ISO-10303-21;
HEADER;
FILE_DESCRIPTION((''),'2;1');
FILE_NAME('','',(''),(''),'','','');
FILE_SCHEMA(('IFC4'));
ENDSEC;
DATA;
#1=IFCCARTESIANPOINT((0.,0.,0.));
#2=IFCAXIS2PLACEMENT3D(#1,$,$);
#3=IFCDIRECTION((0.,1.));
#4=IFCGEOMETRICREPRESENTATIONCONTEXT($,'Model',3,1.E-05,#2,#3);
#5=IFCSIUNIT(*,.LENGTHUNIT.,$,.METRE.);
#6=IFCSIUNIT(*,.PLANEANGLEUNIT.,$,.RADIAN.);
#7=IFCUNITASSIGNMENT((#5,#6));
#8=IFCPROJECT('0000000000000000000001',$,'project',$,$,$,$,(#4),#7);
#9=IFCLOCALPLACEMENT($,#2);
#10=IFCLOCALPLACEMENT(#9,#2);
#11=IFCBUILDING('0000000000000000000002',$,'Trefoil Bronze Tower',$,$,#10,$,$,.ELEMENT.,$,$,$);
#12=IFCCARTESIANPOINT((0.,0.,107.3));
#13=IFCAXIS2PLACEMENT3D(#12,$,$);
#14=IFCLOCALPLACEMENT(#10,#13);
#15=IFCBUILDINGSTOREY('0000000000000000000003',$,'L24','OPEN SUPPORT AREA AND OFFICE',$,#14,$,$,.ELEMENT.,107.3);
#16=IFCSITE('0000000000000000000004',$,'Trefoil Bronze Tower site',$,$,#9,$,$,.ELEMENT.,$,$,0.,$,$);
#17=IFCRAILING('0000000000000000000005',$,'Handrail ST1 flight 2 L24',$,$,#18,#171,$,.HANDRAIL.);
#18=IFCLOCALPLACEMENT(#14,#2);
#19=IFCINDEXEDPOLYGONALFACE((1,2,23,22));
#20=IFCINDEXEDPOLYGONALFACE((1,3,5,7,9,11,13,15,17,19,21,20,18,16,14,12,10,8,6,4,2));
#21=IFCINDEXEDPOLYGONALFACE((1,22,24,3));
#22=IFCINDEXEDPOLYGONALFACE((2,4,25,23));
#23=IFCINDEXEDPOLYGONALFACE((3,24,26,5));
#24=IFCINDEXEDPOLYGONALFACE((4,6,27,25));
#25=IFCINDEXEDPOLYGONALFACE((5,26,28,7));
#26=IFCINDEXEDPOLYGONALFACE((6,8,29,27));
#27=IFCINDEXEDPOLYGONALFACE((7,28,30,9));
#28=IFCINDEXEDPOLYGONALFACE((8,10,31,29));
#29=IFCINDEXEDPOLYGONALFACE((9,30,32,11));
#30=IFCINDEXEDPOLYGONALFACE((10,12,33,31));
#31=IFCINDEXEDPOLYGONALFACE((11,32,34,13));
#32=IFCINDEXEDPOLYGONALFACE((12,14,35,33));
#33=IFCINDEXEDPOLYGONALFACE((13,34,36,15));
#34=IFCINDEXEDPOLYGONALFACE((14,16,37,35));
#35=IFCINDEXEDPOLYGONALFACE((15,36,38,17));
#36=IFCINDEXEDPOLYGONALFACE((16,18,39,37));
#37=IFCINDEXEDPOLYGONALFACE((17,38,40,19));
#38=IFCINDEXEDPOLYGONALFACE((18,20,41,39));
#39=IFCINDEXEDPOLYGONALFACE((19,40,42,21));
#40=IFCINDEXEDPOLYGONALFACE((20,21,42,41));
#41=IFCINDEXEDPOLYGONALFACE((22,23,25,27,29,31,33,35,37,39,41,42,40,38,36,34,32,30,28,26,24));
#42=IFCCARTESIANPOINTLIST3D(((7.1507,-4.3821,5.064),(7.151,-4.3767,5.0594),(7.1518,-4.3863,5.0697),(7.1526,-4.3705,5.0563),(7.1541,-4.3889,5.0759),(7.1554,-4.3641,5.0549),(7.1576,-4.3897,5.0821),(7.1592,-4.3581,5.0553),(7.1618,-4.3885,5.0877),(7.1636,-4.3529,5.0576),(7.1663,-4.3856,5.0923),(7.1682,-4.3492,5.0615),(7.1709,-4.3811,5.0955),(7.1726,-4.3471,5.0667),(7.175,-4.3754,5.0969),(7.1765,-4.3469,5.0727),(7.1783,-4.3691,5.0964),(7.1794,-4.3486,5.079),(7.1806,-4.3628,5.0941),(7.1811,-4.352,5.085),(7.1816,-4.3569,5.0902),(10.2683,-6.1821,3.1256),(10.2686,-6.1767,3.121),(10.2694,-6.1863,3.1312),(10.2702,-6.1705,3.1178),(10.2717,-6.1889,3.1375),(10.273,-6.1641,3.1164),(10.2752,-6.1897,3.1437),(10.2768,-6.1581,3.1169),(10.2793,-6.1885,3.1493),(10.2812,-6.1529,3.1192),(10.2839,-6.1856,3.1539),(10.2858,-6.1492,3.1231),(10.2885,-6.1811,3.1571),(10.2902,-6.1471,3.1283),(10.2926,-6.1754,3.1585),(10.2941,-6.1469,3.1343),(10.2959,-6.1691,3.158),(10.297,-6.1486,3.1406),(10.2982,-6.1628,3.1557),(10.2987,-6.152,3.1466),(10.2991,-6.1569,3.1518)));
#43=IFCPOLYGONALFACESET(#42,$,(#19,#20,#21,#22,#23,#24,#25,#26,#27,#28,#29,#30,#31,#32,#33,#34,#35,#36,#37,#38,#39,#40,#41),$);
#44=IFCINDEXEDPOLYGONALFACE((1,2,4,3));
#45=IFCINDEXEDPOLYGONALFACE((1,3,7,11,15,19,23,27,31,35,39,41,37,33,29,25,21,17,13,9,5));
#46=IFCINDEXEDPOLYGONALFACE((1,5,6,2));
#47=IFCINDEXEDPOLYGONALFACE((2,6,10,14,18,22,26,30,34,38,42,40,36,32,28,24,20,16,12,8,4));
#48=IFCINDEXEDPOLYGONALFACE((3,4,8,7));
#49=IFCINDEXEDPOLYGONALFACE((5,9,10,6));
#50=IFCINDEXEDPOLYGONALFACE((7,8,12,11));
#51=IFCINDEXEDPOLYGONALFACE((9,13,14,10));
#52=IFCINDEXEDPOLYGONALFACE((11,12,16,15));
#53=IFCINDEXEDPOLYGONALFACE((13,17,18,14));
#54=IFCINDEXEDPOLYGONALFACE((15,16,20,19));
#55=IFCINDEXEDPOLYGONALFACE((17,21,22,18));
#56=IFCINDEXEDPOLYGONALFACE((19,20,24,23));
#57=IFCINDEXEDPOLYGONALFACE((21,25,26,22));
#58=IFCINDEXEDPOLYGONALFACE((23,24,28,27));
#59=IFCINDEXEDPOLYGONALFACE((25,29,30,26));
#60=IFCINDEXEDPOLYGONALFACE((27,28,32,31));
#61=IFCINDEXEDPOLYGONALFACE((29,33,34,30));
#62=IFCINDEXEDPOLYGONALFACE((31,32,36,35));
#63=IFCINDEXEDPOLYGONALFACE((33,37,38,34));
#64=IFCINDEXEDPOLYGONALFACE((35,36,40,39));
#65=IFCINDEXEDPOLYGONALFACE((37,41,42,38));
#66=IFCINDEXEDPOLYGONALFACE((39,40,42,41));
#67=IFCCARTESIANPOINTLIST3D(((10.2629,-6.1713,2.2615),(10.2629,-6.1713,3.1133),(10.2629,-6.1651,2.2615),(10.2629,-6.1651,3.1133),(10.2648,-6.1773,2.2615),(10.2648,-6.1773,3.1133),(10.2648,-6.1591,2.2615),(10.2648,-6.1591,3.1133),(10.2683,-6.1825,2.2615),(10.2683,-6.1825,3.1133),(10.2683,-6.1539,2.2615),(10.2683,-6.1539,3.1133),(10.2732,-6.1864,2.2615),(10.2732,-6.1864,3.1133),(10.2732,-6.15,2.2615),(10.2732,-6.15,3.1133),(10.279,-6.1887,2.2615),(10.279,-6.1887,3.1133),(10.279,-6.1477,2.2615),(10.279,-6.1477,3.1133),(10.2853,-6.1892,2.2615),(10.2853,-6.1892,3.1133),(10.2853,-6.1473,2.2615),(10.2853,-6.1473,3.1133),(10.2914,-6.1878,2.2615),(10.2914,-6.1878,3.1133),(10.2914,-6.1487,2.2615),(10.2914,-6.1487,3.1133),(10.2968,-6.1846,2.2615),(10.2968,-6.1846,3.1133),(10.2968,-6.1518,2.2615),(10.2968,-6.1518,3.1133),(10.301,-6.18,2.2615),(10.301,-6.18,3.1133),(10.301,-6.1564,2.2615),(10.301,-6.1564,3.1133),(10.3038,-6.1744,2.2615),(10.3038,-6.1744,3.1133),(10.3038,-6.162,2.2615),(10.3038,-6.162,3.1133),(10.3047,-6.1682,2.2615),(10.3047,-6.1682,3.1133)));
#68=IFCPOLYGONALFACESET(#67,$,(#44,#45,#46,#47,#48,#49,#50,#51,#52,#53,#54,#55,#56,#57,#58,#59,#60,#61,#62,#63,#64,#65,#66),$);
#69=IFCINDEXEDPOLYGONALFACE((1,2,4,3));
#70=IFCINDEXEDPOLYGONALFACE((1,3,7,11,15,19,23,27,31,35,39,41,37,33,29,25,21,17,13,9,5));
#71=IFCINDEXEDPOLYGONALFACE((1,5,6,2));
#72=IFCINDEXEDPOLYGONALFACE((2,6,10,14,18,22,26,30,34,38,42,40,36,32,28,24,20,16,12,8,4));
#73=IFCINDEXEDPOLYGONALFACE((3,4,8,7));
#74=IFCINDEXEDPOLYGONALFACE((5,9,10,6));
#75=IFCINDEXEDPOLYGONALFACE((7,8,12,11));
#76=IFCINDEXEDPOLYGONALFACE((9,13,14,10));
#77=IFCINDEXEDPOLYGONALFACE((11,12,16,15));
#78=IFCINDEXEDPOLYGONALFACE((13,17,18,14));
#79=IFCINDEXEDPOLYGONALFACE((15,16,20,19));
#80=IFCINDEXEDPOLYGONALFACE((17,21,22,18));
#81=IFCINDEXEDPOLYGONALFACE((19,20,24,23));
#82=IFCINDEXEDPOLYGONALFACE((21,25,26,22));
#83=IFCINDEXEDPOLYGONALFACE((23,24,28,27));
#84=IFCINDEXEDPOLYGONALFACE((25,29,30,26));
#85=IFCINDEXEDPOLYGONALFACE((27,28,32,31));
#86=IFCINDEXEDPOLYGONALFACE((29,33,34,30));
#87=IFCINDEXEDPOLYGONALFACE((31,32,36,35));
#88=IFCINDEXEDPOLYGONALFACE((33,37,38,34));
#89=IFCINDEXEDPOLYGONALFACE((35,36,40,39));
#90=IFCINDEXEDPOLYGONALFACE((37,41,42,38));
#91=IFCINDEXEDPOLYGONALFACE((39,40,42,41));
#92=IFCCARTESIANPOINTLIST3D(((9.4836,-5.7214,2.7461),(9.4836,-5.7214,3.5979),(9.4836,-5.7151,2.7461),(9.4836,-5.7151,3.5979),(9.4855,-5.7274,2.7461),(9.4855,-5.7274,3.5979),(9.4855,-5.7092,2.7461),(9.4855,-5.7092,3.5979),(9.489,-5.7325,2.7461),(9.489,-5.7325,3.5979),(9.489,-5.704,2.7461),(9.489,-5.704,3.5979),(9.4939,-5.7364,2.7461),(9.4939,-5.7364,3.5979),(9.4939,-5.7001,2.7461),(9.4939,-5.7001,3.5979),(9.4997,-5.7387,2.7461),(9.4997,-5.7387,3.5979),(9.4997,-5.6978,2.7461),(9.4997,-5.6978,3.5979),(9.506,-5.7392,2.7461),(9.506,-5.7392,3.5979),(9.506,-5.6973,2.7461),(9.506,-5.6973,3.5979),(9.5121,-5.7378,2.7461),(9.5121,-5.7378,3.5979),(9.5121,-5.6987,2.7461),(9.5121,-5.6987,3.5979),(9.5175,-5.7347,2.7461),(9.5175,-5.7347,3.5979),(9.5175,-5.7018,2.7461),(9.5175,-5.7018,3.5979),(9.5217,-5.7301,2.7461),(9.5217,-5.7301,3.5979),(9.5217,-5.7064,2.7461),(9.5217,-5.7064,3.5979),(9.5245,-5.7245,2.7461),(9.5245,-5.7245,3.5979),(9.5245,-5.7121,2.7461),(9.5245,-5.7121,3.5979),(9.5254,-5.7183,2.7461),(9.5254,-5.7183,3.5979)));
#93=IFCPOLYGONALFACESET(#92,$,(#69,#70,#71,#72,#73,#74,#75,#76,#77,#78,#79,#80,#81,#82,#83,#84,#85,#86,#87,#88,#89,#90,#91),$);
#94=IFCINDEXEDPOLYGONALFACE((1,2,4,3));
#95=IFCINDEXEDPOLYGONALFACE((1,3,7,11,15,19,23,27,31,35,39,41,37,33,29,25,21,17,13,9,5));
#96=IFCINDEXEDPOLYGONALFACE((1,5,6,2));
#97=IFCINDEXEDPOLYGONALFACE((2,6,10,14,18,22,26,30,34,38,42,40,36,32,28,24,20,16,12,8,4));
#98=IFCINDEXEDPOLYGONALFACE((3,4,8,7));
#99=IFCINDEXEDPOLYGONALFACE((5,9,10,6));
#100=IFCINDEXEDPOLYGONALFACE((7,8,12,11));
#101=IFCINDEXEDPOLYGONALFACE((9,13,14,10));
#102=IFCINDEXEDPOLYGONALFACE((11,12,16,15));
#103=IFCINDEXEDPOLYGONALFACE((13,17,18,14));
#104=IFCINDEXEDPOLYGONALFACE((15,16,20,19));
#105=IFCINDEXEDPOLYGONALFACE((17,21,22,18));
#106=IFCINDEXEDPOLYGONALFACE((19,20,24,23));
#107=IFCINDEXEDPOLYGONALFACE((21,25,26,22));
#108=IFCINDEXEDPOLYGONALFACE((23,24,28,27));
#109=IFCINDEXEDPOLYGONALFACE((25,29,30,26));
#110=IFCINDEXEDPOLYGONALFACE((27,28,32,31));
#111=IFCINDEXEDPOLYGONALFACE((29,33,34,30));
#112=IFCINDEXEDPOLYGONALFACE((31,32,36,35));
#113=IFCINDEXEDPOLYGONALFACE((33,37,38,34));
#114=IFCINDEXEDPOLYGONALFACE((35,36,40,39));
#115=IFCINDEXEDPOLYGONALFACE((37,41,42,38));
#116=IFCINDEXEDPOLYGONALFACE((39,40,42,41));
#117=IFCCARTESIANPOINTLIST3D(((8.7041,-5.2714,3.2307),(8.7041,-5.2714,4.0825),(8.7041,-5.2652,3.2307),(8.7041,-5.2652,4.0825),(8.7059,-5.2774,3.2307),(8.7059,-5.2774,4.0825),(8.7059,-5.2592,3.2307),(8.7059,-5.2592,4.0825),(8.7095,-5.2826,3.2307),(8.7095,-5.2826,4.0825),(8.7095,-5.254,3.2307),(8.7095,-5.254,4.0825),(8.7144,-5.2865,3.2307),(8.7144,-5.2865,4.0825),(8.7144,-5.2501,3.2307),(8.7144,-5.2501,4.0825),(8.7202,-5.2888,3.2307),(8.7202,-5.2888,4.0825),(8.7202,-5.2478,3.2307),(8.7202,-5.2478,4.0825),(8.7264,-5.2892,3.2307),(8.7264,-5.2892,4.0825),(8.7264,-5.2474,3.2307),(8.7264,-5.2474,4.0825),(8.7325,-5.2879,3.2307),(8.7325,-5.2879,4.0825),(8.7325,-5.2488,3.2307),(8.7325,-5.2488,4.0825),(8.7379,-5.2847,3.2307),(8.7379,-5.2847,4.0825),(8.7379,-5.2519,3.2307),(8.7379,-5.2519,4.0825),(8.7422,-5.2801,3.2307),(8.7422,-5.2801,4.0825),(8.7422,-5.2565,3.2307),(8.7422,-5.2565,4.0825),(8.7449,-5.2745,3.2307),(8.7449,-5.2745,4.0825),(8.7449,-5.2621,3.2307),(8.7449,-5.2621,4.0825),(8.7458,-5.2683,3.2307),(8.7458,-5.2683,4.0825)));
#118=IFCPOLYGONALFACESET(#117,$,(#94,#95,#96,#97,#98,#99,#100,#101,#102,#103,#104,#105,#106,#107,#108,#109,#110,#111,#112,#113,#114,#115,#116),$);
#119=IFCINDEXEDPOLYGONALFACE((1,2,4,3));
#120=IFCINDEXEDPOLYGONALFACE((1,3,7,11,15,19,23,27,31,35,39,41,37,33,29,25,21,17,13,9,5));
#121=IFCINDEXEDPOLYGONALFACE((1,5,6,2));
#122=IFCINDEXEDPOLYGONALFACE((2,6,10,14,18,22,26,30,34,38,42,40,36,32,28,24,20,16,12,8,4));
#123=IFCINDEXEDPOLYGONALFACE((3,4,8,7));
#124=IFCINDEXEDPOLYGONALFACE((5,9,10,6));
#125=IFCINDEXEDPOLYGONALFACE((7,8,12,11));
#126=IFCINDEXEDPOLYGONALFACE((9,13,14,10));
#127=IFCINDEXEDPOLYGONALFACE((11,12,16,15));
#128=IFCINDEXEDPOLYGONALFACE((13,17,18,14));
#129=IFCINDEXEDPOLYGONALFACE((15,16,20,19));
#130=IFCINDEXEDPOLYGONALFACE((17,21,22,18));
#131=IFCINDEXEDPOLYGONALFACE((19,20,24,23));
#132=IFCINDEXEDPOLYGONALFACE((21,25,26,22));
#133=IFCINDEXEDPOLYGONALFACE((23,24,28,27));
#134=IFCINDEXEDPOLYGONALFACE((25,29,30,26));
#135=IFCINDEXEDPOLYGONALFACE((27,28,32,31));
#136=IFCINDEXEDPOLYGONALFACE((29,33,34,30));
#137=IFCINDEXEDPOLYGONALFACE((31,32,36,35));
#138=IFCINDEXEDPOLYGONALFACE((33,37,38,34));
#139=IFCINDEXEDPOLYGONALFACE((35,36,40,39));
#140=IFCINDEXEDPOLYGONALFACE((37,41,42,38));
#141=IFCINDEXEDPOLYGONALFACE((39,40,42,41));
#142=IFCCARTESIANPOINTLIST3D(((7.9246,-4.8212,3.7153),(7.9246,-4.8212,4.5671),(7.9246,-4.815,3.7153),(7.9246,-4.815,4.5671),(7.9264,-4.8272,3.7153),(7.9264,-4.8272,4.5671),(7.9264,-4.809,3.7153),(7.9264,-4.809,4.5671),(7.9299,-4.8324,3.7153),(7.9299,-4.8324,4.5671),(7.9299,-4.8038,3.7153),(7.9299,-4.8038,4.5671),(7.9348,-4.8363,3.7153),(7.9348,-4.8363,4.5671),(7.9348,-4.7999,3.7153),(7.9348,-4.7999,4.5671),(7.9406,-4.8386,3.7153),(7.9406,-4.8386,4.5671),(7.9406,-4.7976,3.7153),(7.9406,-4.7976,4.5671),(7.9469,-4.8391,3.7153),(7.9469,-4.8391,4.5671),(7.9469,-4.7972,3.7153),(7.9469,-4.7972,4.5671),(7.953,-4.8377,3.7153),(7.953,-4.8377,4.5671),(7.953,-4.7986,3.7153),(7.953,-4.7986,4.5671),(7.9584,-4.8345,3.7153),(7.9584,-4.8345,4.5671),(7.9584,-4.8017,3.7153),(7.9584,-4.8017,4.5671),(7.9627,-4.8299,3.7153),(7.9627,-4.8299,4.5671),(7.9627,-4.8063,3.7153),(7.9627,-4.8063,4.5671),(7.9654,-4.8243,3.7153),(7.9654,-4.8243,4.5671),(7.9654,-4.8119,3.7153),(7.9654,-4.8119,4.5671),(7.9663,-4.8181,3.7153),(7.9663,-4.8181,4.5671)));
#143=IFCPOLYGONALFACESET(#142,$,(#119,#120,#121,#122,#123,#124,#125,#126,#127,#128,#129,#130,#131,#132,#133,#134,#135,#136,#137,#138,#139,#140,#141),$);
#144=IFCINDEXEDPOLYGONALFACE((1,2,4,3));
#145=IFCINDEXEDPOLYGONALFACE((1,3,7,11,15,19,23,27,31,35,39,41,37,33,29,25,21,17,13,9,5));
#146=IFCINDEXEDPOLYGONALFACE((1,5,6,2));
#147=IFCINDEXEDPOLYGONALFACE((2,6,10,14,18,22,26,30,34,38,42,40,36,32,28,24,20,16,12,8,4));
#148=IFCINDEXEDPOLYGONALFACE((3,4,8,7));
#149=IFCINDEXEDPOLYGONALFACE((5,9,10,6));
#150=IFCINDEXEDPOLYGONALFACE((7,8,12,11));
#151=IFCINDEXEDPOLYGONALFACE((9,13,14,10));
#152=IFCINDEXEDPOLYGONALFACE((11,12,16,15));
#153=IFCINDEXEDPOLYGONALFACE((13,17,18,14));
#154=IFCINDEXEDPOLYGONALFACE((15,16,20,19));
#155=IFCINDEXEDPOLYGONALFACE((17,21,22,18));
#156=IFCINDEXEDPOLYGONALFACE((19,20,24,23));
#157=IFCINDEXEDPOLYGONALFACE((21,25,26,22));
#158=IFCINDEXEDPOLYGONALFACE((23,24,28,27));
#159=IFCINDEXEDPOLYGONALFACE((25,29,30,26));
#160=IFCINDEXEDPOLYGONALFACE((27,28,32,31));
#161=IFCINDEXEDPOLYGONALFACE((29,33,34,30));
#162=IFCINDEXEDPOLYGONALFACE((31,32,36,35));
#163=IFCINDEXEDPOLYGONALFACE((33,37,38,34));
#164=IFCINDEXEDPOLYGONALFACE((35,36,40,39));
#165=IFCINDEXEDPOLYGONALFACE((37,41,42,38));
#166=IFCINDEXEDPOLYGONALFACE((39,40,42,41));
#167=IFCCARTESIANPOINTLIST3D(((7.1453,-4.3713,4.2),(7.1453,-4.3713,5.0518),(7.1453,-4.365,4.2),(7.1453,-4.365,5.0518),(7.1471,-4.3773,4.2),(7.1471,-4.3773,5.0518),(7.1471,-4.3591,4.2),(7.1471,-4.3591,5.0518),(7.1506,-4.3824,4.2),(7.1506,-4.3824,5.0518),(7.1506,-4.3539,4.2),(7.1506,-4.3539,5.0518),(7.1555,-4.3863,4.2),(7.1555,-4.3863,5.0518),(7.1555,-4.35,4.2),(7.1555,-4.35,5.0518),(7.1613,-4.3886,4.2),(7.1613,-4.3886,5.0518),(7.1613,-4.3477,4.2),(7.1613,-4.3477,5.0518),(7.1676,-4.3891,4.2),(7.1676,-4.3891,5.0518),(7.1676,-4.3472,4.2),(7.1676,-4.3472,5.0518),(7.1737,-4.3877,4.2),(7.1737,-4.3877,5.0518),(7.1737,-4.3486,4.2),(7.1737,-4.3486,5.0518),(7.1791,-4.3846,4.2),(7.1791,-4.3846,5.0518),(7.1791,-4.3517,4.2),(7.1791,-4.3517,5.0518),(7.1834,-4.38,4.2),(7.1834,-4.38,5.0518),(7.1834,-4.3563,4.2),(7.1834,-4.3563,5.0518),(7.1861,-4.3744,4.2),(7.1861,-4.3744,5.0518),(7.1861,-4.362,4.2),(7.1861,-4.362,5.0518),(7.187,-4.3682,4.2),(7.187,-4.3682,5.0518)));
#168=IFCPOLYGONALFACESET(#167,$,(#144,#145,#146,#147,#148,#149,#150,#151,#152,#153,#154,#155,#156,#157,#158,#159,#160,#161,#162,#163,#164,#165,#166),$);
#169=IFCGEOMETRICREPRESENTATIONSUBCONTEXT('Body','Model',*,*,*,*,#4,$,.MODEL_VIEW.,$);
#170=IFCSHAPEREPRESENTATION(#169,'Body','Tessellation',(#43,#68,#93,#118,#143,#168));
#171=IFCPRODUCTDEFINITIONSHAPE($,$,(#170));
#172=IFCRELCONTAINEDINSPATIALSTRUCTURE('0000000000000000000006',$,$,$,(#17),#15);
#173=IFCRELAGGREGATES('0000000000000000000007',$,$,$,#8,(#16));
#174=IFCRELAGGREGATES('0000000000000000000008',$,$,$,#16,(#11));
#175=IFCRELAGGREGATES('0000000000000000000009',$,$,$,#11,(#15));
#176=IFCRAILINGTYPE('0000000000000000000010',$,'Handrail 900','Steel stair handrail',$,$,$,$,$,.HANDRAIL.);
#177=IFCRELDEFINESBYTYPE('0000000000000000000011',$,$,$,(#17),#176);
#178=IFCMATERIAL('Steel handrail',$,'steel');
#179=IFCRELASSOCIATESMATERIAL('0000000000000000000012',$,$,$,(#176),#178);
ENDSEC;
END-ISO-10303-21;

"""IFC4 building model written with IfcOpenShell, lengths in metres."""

from ifc_helpers import new_model, si_unit, direction, frame, origin, origin_2d, place, context, subcontext, project, spatial, circle, extrude, material, type_object, element, save


model = new_model("IFC4")

# Units and contexts
model_context = context("Model", 3, precision=1e-05, world=origin(), true_north=direction((0.0, 1.0)))
body_context = subcontext(model_context, "Body", "Model", "MODEL_VIEW")
ifc_project = project(units=[si_unit("LENGTHUNIT", "METRE"), si_unit("PLANEANGLEUNIT", "RADIAN")], contexts=[model_context])

# Site, building, storey
site_placement = place(None, origin())
site = spatial("IfcSite", under=ifc_project, at=site_placement, Name="Trefoil Bronze Tower site", CompositionType="ELEMENT", RefElevation=0.0)
building_placement = place(site_placement, origin())
building = spatial("IfcBuilding", under=site, at=building_placement, Name="Trefoil Bronze Tower", CompositionType="ELEMENT")
storey_placement = place(building_placement, frame((0.0, 0.0, 107.3)))
storey = spatial("IfcBuildingStorey", under=building, at=storey_placement, Name="L24", Description="OPEN SUPPORT AREA AND OFFICE", CompositionType="ELEMENT", Elevation=107.3)

# Railing
ifc_material_1 = material(Name="Steel handrail", Category="steel")
railing_type = type_object("IfcRailingType", Name="Handrail 900", Description="Steel stair handrail", PredefinedType="HANDRAIL", material=ifc_material_1)
railing_placement = place(storey_placement, frame((10.2837, -6.1682, 2.2615)))
element("IfcRailing", 1, at=railing_placement, inside=storey, type_object=railing_type, Name="Handrail ST1 flight 2 L24", PredefinedType="HANDRAIL", context=body_context, shape_type="SweptSolid", body=[
    extrude(circle(Radius=0.0239, at=origin_2d()), frame((0.0, 0.0, 0.876), z_axis=(-0.762503, 0.440246, 0.474102), x_axis=(-0.500012, -0.866018, 0.0)), (0.0, 0.0, 1.0), 4.0886),
    extrude(circle(Radius=0.021, at=origin_2d()), origin(), (0.0, 0.0, 1.0), 0.8518),
    extrude(circle(Radius=0.021, at=origin_2d()), frame((-0.7793, 0.45, 0.4846)), (0.0, 0.0, 1.0), 0.8518),
    extrude(circle(Radius=0.021, at=origin_2d()), frame((-1.5588, 0.8999, 0.9692)), (0.0, 0.0, 1.0), 0.8518),
    extrude(circle(Radius=0.021, at=origin_2d()), frame((-2.3384, 1.3501, 1.4539)), (0.0, 0.0, 1.0), 0.8518),
    extrude(circle(Radius=0.021, at=origin_2d()), frame((-3.1177, 1.8, 1.9385)), (0.0, 0.0, 1.0), 0.8518),
])

save(model, "model.ifc")
